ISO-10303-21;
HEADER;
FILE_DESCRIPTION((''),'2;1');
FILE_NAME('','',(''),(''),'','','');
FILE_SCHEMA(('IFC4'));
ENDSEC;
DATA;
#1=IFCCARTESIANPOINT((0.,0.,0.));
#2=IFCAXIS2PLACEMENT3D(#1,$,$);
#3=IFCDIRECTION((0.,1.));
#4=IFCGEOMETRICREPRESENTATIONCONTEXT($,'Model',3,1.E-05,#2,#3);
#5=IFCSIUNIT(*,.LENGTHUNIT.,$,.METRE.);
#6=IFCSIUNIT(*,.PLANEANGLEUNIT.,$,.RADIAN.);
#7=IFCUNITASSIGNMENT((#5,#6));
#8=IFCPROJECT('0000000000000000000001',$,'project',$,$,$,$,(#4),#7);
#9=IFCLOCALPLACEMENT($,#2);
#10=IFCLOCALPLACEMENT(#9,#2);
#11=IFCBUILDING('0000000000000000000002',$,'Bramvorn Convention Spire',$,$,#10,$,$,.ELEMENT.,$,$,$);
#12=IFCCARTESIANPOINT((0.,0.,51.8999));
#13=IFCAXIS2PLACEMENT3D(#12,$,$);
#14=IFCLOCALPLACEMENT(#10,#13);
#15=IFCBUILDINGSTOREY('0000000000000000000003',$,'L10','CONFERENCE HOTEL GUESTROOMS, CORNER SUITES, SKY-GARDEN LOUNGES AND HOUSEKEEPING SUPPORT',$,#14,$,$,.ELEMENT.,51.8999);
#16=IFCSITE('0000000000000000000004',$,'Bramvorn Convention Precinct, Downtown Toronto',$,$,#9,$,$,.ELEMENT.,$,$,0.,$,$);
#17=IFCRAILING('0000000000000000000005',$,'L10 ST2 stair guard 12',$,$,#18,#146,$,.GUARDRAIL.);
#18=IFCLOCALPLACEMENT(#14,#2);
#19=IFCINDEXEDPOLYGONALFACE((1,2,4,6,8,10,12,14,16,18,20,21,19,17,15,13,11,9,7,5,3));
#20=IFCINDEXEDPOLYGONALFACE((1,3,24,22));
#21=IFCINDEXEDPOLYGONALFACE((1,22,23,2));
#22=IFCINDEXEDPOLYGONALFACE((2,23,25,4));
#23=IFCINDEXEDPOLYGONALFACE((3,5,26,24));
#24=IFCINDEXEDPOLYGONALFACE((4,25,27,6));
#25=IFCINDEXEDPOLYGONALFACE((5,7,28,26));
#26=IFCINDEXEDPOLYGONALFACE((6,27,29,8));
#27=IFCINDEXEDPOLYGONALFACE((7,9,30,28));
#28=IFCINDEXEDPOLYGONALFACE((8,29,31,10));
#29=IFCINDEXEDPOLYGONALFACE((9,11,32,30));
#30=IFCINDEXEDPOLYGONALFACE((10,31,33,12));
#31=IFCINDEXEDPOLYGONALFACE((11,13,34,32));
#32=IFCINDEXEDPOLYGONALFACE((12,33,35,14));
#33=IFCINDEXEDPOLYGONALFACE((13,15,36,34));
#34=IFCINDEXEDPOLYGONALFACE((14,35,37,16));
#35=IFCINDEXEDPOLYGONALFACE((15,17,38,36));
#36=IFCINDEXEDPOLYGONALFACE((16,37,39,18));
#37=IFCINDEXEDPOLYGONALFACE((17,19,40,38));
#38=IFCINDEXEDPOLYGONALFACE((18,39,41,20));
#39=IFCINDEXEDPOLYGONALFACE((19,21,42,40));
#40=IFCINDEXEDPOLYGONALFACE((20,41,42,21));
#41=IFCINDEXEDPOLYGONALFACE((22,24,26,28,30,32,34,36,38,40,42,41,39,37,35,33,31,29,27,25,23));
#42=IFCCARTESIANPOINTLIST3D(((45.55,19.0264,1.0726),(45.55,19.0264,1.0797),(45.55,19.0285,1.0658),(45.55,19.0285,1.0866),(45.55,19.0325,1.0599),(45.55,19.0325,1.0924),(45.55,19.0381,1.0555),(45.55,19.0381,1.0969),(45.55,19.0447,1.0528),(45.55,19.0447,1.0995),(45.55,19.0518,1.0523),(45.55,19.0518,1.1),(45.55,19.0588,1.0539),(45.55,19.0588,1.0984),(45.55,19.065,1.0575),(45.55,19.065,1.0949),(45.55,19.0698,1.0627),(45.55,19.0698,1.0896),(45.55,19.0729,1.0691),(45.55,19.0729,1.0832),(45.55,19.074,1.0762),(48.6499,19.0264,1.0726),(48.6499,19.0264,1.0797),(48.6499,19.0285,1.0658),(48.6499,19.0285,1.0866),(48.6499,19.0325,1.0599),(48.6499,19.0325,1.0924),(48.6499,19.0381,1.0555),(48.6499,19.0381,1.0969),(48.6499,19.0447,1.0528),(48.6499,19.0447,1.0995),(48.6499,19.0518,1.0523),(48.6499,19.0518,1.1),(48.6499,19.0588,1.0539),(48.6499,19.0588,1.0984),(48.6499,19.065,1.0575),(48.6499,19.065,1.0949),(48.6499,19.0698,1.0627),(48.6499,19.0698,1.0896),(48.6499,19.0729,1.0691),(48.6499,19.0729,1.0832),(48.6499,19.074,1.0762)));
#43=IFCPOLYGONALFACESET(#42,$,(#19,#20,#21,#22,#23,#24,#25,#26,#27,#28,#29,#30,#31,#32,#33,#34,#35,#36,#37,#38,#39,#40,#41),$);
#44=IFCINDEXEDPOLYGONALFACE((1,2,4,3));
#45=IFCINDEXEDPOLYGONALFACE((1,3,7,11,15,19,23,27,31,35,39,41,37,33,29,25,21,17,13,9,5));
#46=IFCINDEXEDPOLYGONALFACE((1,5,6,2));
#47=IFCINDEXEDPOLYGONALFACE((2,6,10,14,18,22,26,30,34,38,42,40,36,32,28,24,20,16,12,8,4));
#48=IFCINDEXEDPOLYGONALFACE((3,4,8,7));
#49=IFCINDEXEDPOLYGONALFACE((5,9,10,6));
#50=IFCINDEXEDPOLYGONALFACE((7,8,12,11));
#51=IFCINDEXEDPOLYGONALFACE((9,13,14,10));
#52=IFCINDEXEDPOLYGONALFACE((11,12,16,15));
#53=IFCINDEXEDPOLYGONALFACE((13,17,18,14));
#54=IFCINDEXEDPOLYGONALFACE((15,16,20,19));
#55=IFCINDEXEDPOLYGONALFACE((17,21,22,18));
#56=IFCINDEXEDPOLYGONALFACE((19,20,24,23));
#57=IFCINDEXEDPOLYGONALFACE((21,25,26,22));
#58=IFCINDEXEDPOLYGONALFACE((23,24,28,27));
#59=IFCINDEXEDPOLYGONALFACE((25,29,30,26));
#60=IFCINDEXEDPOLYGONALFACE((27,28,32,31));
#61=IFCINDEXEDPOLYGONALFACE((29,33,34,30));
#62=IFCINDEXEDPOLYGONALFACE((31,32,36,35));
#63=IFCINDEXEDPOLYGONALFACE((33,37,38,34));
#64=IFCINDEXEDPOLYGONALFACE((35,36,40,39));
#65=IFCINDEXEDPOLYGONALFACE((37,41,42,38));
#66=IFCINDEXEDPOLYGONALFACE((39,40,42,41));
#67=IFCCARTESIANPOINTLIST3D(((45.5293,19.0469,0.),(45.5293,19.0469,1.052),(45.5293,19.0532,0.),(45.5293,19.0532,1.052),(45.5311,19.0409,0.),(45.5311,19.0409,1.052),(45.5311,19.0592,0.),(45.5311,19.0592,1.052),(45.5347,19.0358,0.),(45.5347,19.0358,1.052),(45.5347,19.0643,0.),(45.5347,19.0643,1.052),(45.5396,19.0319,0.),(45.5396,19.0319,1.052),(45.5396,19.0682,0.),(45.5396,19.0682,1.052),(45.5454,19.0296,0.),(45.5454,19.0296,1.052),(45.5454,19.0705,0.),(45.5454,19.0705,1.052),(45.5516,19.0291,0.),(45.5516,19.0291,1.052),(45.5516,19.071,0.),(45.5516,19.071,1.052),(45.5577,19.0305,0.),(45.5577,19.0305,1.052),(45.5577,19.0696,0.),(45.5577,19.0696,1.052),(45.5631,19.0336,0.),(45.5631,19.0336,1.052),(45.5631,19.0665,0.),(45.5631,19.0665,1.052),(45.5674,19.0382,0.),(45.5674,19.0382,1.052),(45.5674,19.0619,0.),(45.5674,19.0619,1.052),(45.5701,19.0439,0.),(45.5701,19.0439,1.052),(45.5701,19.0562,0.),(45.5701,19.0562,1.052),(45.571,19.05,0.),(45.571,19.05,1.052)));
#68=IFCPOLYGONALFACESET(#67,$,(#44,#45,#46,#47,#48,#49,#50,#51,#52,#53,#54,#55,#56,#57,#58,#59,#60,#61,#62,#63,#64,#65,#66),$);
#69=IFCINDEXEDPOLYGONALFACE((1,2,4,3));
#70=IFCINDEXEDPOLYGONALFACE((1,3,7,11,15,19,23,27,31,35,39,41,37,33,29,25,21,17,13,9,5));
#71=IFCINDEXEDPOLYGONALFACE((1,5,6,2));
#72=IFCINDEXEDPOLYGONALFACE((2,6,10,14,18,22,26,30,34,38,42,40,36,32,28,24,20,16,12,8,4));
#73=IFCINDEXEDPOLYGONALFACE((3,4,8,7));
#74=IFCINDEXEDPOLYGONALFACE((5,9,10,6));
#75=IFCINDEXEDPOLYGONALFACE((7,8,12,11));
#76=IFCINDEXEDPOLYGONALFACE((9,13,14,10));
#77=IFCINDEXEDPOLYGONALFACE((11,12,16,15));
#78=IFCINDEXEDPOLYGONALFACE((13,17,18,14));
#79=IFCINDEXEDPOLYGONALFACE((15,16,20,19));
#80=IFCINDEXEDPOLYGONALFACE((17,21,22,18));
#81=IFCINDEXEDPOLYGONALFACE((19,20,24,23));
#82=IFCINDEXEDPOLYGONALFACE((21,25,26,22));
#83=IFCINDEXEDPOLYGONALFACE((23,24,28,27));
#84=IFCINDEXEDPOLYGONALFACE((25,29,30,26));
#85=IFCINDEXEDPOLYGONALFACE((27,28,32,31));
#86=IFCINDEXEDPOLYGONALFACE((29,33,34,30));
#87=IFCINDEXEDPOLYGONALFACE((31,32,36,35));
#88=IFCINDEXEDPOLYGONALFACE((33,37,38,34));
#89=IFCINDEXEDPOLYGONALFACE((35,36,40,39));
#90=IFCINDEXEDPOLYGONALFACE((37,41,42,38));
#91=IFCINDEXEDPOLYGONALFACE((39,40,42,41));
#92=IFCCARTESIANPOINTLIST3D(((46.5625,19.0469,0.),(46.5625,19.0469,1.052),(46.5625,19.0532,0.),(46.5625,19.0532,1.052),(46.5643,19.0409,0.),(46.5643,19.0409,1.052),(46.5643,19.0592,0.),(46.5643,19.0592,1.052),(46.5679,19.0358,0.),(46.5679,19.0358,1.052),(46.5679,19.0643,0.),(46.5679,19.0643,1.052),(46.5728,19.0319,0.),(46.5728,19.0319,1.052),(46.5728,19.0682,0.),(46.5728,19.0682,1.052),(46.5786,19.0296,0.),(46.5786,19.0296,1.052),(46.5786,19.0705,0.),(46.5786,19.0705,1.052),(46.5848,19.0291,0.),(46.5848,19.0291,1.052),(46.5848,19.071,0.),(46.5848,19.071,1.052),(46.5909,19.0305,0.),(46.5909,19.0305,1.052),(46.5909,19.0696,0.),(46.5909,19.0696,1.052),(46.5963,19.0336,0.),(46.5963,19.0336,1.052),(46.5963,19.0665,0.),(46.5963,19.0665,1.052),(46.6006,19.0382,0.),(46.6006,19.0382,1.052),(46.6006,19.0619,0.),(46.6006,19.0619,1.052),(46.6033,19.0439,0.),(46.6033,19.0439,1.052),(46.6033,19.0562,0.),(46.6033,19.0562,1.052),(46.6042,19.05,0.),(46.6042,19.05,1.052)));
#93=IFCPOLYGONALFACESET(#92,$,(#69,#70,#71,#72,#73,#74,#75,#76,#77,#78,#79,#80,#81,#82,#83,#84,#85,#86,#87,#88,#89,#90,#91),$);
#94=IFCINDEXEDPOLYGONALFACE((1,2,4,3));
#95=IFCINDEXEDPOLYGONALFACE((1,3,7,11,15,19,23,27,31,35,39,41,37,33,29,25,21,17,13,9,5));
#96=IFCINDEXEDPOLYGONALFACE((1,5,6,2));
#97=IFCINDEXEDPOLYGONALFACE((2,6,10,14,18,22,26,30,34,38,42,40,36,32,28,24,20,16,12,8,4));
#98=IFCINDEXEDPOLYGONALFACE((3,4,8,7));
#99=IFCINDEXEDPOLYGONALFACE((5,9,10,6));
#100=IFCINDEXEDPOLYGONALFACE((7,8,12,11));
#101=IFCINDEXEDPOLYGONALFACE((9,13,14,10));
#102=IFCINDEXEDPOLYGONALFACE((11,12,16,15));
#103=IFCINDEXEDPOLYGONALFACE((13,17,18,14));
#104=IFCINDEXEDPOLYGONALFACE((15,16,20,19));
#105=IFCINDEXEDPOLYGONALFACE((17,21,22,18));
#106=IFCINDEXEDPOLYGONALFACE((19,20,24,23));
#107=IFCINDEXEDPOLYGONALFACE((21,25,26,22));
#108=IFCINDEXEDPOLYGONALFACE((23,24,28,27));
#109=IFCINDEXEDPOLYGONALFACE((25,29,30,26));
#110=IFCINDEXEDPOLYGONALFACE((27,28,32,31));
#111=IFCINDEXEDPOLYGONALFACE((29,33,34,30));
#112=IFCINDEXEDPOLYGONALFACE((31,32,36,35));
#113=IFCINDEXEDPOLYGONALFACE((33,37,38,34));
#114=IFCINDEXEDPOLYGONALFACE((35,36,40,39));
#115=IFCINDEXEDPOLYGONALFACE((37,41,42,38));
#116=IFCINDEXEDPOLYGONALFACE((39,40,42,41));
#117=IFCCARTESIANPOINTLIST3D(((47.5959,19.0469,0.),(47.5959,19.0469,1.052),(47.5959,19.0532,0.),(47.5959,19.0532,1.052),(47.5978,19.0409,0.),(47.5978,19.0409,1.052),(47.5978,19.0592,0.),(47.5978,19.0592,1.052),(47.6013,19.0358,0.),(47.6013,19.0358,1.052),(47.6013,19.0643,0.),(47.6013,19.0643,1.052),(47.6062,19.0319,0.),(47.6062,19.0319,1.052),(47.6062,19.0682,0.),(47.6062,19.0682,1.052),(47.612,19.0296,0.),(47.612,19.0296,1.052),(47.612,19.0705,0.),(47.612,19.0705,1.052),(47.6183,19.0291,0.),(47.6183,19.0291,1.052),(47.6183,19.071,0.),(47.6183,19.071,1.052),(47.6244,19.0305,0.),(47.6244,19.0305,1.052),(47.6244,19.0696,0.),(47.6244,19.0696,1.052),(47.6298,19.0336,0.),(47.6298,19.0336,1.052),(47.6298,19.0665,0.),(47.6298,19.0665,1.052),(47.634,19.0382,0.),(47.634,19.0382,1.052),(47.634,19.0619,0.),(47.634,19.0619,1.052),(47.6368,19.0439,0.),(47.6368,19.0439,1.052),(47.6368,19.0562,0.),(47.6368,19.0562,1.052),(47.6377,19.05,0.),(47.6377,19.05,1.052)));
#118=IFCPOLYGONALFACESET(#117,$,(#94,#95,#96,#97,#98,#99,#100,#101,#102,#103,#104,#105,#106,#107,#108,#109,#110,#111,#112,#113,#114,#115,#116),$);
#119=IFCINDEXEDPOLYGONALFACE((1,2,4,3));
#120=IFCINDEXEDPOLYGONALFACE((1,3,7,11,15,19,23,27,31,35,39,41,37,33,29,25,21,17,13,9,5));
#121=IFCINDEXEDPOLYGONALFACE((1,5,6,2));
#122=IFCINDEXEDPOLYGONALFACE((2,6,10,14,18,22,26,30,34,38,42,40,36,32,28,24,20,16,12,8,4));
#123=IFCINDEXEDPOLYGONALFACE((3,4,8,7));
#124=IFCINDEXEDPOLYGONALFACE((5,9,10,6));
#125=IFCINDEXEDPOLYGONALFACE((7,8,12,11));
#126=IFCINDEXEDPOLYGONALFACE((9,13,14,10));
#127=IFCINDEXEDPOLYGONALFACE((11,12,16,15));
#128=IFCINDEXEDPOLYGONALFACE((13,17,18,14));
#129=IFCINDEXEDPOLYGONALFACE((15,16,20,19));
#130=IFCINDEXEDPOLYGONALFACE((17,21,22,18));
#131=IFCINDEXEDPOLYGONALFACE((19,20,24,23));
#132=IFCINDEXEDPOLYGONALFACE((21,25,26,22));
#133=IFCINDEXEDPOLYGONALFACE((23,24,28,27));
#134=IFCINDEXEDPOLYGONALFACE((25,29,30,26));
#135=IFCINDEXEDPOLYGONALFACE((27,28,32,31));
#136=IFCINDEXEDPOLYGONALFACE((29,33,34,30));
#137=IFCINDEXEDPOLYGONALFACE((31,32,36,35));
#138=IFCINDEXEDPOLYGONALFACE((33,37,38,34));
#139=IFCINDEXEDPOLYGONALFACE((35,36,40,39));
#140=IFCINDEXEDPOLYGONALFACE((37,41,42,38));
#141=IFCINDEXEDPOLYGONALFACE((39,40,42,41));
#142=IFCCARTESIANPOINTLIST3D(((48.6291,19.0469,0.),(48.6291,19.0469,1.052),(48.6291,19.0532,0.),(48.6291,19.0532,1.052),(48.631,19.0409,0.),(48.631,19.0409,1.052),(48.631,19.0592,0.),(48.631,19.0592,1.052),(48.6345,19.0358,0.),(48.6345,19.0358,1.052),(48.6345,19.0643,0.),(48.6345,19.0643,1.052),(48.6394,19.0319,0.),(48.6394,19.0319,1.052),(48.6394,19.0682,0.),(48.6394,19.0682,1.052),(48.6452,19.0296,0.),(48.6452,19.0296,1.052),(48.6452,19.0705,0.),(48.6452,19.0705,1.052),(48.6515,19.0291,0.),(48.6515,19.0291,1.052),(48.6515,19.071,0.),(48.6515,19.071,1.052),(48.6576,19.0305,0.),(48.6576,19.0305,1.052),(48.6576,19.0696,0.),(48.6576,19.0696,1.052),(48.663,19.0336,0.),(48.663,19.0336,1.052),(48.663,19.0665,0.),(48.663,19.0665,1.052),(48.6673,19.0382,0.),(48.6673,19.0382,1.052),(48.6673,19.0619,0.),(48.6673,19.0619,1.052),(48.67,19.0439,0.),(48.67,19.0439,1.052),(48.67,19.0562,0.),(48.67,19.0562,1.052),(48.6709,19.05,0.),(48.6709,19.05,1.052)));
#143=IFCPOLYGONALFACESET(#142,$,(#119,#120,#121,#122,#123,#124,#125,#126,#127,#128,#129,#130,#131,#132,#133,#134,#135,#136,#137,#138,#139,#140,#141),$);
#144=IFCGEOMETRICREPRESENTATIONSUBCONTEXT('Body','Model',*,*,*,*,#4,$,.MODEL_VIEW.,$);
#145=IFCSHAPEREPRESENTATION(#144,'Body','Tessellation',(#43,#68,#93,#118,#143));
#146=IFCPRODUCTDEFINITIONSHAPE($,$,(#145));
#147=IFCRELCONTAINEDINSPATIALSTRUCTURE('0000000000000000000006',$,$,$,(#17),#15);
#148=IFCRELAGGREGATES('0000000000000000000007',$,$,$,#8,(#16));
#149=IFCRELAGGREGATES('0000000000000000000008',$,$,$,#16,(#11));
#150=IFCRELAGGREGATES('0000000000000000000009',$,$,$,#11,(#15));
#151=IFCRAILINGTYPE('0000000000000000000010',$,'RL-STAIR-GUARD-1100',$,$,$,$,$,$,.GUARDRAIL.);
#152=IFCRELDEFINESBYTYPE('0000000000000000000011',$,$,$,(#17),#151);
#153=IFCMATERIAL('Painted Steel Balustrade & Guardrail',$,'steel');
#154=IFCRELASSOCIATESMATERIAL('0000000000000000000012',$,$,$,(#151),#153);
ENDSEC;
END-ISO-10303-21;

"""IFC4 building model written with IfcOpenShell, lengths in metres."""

from ifc_helpers import new_model, si_unit, direction, frame, origin, origin_2d, place, context, subcontext, project, spatial, circle, extrude, material, type_object, element, save


model = new_model("IFC4")

# Units and contexts
model_context = context("Model", 3, precision=1e-05, world=origin(), true_north=direction((0.0, 1.0)))
body_context = subcontext(model_context, "Body", "Model", "MODEL_VIEW")
ifc_project = project(units=[si_unit("LENGTHUNIT", "METRE"), si_unit("PLANEANGLEUNIT", "RADIAN")], contexts=[model_context])

# Site, building, storey
site_placement = place(None, origin())
site = spatial("IfcSite", under=ifc_project, at=site_placement, Name="Bramvorn Convention Precinct, Downtown Toronto", CompositionType="ELEMENT", RefElevation=0.0)
building_placement = place(site_placement, origin())
building = spatial("IfcBuilding", under=site, at=building_placement, Name="Bramvorn Convention Spire", CompositionType="ELEMENT")
storey_placement = place(building_placement, frame((0.0, 0.0, 51.8999)))
storey = spatial("IfcBuildingStorey", under=building, at=storey_placement, Name="L10", Description="CONFERENCE HOTEL GUESTROOMS, CORNER SUITES, SKY-GARDEN LOUNGES AND HOUSEKEEPING SUPPORT", CompositionType="ELEMENT", Elevation=51.8999)

# Railing
ifc_material_1 = material(Name="Painted Steel Balustrade & Guardrail", Category="steel")
railing_type = type_object("IfcRailingType", Name="RL-STAIR-GUARD-1100", PredefinedType="GUARDRAIL", material=ifc_material_1)
railing_1_placement = place(storey_placement, frame((45.55, 19.05, 0.0)))
element("IfcRailing", 1, at=railing_1_placement, inside=storey, type_object=railing_type, Name="L10 ST2 stair guard 12", PredefinedType="GUARDRAIL", context=body_context, shape_type="SweptSolid", body=[
    extrude(circle(Radius=0.0239, at=origin_2d()), frame((0.0, 0.0, 1.0762), z_axis=(1.0, 0.0, 0.0), x_axis=(0.0, 1.0, 0.0)), (0.0, 0.0, 1.0), 3.0999),
    extrude(circle(Radius=0.021, at=origin_2d()), origin(), (0.0, 0.0, 1.0), 1.052),
    extrude(circle(Radius=0.021, at=origin_2d()), frame((1.0332, 0.0, 0.0)), (0.0, 0.0, 1.0), 1.052),
    extrude(circle(Radius=0.021, at=origin_2d()), frame((2.0667, 0.0, 0.0)), (0.0, 0.0, 1.0), 1.052),
    extrude(circle(Radius=0.021, at=origin_2d()), frame((3.0999, 0.0, 0.0)), (0.0, 0.0, 1.0), 1.052),
])

save(model, "model.ifc")
